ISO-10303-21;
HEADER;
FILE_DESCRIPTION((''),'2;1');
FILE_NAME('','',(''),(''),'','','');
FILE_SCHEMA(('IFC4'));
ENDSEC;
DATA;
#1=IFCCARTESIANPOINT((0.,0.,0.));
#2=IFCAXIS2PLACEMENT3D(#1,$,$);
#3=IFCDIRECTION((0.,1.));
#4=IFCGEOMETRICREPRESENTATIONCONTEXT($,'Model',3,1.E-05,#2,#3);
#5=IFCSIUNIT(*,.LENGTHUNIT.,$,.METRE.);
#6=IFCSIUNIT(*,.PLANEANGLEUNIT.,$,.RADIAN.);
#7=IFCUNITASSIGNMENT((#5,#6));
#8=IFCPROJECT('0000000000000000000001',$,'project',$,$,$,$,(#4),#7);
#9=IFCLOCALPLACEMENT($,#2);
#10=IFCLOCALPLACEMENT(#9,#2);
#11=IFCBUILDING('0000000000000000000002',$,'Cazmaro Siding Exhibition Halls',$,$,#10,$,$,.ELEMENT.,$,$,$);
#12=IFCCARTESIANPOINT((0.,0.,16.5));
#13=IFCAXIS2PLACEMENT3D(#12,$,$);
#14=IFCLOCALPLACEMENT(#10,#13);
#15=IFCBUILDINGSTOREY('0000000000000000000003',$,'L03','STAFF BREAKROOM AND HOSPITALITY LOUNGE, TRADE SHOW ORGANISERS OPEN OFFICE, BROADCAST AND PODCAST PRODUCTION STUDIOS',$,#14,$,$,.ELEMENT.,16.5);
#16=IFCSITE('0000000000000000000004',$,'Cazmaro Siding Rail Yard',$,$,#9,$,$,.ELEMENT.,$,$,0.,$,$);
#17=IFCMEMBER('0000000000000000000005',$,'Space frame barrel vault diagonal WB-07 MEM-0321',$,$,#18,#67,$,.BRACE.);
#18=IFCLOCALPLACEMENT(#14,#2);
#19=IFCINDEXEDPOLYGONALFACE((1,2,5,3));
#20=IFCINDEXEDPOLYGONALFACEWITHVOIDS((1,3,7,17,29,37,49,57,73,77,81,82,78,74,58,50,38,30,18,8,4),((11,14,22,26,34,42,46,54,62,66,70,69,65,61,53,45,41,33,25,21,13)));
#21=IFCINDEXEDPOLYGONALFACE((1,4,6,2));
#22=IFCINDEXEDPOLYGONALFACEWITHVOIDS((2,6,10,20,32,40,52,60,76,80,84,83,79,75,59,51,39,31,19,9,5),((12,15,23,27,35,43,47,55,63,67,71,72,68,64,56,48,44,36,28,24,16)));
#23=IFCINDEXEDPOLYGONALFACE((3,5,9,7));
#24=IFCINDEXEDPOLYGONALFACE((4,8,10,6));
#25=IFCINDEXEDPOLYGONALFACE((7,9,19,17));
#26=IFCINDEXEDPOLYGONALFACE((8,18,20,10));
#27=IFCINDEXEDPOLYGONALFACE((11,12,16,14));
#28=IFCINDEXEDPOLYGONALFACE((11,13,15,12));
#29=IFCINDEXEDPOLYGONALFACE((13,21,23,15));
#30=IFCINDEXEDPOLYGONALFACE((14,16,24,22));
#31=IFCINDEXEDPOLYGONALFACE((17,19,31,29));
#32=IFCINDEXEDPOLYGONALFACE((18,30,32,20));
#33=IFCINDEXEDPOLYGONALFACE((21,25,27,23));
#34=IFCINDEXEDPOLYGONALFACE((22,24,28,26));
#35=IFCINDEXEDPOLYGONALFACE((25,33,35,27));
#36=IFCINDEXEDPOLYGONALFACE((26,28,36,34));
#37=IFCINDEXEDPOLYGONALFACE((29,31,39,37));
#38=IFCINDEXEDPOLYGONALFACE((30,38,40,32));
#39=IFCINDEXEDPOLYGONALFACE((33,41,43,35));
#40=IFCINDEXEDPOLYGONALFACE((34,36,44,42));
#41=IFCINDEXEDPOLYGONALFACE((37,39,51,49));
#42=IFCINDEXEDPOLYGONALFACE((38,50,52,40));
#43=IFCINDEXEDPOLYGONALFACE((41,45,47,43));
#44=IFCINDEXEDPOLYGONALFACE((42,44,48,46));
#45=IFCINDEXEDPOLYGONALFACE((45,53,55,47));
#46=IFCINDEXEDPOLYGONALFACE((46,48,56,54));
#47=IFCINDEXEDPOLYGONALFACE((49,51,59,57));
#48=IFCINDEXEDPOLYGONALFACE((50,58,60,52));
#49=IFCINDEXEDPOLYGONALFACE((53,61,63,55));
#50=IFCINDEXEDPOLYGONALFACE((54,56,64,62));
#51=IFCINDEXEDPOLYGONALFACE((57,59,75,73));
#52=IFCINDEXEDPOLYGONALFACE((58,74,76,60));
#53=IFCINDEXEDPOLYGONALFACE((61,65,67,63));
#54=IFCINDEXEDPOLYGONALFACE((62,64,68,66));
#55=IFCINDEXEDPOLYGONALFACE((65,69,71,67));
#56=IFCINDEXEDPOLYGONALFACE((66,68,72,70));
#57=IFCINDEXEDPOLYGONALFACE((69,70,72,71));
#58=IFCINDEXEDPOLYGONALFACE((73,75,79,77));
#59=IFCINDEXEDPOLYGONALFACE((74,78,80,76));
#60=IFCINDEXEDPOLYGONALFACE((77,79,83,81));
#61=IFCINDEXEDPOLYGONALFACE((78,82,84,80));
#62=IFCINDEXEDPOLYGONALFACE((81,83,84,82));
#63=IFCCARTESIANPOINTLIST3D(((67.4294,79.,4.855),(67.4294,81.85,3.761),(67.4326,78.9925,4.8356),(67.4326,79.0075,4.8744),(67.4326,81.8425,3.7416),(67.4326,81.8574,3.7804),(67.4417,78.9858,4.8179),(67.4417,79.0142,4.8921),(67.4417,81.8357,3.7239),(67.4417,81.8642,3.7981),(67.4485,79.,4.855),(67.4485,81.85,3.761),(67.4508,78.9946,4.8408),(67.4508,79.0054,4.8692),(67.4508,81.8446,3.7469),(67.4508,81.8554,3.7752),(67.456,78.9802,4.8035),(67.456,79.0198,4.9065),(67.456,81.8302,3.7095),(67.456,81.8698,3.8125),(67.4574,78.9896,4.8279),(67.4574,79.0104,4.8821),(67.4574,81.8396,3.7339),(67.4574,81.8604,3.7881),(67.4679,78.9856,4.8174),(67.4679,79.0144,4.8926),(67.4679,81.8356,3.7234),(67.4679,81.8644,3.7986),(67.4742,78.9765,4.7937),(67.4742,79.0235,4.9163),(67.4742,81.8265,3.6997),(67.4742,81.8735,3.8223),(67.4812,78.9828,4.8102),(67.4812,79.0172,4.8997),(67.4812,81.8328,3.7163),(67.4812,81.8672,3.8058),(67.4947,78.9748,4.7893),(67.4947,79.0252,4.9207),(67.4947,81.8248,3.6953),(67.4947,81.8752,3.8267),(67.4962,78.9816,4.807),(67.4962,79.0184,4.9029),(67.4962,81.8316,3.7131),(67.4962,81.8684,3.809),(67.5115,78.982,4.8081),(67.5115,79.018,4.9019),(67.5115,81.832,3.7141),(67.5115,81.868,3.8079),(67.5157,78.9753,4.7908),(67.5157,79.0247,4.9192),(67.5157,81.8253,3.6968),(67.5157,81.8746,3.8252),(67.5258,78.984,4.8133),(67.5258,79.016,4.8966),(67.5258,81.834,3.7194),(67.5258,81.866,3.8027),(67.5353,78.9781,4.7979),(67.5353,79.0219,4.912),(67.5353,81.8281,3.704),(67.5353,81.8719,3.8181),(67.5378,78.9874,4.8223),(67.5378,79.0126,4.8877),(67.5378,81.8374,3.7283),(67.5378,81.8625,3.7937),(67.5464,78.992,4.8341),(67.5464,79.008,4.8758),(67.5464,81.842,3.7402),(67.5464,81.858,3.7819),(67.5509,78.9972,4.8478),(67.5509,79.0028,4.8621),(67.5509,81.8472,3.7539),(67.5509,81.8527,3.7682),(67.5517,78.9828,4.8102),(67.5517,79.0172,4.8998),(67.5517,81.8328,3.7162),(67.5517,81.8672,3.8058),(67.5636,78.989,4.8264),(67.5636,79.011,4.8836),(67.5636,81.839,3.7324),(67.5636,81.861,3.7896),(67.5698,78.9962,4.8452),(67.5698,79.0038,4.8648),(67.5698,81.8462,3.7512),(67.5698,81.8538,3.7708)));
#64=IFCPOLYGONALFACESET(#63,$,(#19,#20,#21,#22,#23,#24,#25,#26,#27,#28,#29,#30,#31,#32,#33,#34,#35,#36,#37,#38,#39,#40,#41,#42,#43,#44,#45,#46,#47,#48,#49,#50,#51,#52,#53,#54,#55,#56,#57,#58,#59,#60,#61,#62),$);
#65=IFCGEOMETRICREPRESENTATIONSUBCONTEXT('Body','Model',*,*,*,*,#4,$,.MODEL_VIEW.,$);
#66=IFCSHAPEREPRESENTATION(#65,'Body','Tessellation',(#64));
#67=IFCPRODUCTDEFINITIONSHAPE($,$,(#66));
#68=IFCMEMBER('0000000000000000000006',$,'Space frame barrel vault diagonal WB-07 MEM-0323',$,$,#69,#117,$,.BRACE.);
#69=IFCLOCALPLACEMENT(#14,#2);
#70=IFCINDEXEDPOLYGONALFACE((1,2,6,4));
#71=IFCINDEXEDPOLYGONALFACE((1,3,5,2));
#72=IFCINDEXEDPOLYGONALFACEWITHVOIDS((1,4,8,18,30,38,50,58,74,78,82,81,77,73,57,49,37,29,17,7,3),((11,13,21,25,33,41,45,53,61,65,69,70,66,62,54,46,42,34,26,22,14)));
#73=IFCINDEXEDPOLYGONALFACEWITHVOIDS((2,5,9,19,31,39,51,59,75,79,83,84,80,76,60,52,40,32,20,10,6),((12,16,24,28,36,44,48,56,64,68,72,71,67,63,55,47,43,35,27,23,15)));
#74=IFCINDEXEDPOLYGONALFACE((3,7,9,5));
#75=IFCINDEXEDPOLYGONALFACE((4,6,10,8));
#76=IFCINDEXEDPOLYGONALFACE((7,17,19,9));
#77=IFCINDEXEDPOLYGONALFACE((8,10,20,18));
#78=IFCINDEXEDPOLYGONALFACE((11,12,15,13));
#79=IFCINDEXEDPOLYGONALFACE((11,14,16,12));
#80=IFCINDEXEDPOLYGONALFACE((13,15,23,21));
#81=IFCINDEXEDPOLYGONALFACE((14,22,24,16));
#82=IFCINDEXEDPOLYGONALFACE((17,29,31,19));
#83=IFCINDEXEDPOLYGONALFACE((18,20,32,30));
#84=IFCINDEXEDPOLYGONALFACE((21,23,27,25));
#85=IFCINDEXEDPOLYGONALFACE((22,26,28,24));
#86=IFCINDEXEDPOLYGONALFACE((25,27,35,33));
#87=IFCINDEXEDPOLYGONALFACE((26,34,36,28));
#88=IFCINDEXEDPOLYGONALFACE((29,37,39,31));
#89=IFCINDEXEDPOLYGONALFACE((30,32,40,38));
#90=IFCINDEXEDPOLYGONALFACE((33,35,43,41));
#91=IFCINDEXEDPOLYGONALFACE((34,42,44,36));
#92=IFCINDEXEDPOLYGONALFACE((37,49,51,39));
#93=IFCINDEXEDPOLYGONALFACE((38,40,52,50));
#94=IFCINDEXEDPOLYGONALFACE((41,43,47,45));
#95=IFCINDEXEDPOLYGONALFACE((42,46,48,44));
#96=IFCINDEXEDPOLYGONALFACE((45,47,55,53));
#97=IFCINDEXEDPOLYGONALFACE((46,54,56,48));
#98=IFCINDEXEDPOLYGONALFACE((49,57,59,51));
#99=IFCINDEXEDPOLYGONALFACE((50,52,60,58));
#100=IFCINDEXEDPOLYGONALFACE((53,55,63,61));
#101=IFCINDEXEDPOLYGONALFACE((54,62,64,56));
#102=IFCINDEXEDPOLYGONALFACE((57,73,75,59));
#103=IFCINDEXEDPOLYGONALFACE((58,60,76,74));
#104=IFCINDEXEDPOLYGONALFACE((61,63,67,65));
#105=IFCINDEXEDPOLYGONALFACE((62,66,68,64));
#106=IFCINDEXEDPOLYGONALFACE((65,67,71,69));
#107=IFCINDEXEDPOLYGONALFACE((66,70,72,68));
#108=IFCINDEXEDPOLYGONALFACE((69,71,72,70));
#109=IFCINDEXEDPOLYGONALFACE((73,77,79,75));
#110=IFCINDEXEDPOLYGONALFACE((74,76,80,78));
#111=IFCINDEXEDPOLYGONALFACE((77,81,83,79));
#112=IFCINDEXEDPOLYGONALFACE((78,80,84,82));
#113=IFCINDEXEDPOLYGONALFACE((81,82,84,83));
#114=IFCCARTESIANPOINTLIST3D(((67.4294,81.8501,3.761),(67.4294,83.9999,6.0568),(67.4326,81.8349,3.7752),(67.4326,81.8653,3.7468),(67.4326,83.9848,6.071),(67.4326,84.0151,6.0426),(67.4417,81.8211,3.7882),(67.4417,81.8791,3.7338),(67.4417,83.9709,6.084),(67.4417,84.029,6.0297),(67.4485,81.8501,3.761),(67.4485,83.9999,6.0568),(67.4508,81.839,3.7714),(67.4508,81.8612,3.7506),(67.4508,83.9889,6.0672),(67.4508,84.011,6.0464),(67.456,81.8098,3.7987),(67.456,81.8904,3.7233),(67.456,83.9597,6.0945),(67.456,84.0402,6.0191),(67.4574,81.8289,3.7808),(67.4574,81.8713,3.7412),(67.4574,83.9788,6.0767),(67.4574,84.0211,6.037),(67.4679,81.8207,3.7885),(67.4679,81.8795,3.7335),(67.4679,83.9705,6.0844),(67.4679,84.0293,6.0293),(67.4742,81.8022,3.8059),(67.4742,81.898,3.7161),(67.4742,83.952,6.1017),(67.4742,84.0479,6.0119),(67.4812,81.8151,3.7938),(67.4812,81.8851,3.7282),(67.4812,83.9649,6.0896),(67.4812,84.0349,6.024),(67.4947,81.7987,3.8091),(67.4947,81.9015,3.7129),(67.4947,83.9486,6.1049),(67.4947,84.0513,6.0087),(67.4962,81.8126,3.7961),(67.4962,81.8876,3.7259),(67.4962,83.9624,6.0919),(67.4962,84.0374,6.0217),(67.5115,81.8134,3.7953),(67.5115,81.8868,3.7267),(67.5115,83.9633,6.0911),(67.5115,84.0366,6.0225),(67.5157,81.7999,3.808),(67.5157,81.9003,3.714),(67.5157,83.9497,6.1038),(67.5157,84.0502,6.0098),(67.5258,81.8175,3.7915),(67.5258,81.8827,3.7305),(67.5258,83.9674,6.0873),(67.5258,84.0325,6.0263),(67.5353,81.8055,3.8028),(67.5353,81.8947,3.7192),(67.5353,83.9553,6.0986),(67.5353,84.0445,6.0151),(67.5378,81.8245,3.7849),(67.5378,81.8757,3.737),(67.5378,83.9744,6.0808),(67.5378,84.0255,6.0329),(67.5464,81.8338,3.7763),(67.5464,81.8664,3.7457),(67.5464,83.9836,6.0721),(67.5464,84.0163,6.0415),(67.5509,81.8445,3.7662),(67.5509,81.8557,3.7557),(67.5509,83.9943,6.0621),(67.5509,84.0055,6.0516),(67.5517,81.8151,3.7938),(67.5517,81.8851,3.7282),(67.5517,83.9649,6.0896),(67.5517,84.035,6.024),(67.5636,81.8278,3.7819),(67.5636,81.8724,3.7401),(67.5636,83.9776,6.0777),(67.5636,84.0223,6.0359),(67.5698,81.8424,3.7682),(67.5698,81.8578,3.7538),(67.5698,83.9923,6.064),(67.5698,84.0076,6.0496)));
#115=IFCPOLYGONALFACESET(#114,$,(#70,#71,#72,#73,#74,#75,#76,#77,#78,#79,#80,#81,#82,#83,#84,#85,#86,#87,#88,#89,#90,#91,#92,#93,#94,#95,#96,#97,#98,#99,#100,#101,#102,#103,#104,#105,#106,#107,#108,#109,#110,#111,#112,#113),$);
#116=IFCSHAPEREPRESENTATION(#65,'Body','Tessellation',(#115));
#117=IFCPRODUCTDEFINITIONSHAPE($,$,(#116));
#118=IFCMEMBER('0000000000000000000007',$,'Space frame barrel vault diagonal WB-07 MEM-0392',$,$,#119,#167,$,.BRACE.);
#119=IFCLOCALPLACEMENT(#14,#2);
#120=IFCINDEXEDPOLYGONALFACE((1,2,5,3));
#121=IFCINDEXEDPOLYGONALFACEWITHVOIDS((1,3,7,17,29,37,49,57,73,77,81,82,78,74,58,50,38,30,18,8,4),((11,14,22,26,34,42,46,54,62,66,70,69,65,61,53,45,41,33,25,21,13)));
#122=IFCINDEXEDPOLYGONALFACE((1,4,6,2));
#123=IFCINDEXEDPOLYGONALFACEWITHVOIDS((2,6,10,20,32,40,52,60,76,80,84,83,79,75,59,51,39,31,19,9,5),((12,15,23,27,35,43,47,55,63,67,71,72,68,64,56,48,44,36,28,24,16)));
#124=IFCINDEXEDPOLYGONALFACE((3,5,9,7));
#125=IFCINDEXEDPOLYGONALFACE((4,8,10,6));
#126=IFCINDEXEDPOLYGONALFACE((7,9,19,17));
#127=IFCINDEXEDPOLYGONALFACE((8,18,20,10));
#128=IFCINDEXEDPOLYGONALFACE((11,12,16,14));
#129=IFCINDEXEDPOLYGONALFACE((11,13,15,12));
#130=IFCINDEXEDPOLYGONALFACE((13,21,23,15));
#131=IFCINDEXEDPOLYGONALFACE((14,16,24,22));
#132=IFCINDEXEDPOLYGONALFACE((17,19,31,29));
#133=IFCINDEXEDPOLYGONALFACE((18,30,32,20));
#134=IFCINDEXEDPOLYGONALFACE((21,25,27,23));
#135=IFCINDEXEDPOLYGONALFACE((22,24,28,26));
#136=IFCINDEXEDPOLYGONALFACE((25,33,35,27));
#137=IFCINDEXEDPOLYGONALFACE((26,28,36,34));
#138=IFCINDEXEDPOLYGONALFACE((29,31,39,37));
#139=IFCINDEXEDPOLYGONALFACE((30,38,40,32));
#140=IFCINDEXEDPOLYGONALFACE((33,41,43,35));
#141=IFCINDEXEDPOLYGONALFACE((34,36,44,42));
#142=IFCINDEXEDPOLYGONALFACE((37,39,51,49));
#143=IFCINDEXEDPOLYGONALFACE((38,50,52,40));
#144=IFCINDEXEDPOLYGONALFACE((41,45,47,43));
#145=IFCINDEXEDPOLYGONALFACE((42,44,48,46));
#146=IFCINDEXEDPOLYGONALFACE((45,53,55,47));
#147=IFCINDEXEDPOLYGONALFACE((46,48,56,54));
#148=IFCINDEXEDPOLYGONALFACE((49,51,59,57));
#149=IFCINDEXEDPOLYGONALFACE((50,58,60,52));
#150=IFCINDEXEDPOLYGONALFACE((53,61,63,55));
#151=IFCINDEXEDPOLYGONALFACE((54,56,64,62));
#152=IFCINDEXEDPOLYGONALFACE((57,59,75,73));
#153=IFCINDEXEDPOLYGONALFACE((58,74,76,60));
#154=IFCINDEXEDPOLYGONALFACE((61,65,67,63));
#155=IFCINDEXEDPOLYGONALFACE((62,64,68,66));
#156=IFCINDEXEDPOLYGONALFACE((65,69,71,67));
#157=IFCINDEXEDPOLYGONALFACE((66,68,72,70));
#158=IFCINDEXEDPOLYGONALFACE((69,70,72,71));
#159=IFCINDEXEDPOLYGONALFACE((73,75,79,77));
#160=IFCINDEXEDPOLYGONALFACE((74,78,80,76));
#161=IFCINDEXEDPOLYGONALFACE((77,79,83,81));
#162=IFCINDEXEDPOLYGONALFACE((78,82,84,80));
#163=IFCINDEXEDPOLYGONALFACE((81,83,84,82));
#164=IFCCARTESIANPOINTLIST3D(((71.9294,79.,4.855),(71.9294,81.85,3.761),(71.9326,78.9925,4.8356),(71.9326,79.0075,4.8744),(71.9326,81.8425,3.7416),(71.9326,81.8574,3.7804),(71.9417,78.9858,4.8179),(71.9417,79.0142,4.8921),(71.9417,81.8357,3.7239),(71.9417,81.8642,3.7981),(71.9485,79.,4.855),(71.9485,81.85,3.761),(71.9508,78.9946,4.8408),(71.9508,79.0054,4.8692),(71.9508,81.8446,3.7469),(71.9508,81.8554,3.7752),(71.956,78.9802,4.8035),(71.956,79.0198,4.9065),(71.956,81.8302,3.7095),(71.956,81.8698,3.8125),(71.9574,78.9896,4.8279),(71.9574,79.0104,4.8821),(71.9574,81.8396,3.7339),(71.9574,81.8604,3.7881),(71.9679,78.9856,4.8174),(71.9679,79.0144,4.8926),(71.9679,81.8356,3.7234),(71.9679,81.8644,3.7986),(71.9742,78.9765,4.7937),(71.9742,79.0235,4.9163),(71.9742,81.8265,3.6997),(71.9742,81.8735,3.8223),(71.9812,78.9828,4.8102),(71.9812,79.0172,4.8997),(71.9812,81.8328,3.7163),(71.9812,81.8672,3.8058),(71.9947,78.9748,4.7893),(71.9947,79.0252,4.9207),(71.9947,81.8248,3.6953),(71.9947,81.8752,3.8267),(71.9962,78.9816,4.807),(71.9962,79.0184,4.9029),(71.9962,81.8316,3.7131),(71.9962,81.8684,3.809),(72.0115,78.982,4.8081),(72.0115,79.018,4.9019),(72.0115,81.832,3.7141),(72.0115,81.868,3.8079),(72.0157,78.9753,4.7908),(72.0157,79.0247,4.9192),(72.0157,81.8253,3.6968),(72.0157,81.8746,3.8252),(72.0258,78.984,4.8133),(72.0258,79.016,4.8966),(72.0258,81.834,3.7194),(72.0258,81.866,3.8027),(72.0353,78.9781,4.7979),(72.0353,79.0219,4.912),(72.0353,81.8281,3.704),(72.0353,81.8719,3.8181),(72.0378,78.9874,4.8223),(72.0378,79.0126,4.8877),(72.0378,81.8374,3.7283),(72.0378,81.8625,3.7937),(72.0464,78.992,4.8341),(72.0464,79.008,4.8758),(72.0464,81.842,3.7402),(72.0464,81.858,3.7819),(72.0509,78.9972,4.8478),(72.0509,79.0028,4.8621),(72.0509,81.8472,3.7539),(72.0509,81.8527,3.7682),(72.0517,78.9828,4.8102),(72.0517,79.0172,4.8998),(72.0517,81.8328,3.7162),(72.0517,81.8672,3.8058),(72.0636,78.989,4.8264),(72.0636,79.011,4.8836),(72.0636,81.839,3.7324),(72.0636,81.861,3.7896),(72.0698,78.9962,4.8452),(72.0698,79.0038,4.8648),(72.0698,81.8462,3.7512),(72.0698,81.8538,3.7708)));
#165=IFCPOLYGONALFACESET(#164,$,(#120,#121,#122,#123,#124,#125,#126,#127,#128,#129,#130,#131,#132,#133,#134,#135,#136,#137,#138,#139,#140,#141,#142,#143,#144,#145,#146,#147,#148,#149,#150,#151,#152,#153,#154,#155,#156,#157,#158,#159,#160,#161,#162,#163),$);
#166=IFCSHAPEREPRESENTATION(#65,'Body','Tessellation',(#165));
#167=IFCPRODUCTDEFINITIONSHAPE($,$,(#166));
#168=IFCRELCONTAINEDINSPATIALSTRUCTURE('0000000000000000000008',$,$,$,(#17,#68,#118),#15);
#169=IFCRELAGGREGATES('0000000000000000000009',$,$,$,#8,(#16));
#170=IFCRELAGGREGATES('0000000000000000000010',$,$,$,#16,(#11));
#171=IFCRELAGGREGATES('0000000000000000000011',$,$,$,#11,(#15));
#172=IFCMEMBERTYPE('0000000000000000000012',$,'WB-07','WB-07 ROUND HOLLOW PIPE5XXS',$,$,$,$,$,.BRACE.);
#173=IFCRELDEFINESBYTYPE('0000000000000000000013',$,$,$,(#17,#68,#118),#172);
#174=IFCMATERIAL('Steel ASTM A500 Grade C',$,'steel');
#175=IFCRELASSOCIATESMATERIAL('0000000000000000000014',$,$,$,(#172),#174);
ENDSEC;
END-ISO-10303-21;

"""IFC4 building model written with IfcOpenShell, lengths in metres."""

from ifc_helpers import new_model, si_unit, direction, frame, origin, origin_2d, place, context, subcontext, project, spatial, hollow_circle, extrude, material, material_profile, profile_set, type_object, element, save


model = new_model("IFC4")

# Units and contexts
model_context = context("Model", 3, precision=1e-05, world=origin(), true_north=direction((0.0, 1.0)))
body_context = subcontext(model_context, "Body", "Model", "MODEL_VIEW")
ifc_project = project(units=[si_unit("LENGTHUNIT", "METRE"), si_unit("PLANEANGLEUNIT", "RADIAN")], contexts=[model_context])

# Site, building, storey
site_placement = place(None, origin())
site = spatial("IfcSite", under=ifc_project, at=site_placement, Name="Cazmaro Siding Rail Yard", CompositionType="ELEMENT", RefElevation=0.0)
building_placement = place(site_placement, origin())
building = spatial("IfcBuilding", under=site, at=building_placement, Name="Cazmaro Siding Exhibition Halls", CompositionType="ELEMENT")
storey_placement = place(building_placement, frame((0.0, 0.0, 16.5)))
storey = spatial("IfcBuildingStorey", under=building, at=storey_placement, Name="L03", Description="STAFF BREAKROOM AND HOSPITALITY LOUNGE, TRADE SHOW ORGANISERS OPEN OFFICE, BROADCAST AND PODCAST PRODUCTION STUDIOS", CompositionType="ELEMENT", Elevation=16.5)

# Members
ifc_material_1 = material(Name="Steel ASTM A500 Grade C", Category="steel")
ifc_material_profile_1 = material_profile(ifc_material_1, hollow_circle(Radius=0.0706, WallThickness=0.019, at=origin_2d()), Name="PIPE5XXS")
ifc_profile_set_1 = profile_set([ifc_material_profile_1], Name="Steel ASTM A500 Grade C")
member_type_1 = type_object("IfcMemberType", Name="WB-07", Description="WB-07 ROUND HOLLOW PIPE5XXS", PredefinedType="BRACE", material=ifc_profile_set_1)
member_1_placement = place(storey_placement, frame((67.5, 79.0, 4.855), z_axis=(0.0, 0.933587, -0.358352), x_axis=(-1.0, 0.0, 0.0)))
element("IfcMember", 1, at=member_1_placement, inside=storey, type_object=member_type_1, Name="Space frame barrel vault diagonal WB-07 MEM-0321", PredefinedType="BRACE", context=body_context, shape_type="SweptSolid", body=[
    extrude(hollow_circle(Radius=0.0706, WallThickness=0.019, at=origin_2d()), origin(), (0.0, 0.0, 1.0), 3.0527),
])
member_2_placement = place(storey_placement, frame((67.5, 81.8501, 3.761), z_axis=(0.0, 0.683518, 0.729934), x_axis=(-1.0, 0.0, 0.0)))
element("IfcMember", 2, at=member_2_placement, inside=storey, type_object=member_type_1, Name="Space frame barrel vault diagonal WB-07 MEM-0323", PredefinedType="BRACE", context=body_context, shape_type="SweptSolid", body=[
    extrude(hollow_circle(Radius=0.0706, WallThickness=0.019, at=origin_2d()), origin(), (0.0, 0.0, 1.0), 3.1453),
])
member_3_placement = place(storey_placement, frame((72.0, 79.0, 4.855), z_axis=(0.0, 0.933587, -0.358352), x_axis=(-1.0, 0.0, 0.0)))
element("IfcMember", 3, at=member_3_placement, inside=storey, type_object=member_type_1, Name="Space frame barrel vault diagonal WB-07 MEM-0392", PredefinedType="BRACE", context=body_context, shape_type="SweptSolid", body=[
    extrude(hollow_circle(Radius=0.0706, WallThickness=0.019, at=origin_2d()), origin(), (0.0, 0.0, 1.0), 3.0527),
])

save(model, "model.ifc")
